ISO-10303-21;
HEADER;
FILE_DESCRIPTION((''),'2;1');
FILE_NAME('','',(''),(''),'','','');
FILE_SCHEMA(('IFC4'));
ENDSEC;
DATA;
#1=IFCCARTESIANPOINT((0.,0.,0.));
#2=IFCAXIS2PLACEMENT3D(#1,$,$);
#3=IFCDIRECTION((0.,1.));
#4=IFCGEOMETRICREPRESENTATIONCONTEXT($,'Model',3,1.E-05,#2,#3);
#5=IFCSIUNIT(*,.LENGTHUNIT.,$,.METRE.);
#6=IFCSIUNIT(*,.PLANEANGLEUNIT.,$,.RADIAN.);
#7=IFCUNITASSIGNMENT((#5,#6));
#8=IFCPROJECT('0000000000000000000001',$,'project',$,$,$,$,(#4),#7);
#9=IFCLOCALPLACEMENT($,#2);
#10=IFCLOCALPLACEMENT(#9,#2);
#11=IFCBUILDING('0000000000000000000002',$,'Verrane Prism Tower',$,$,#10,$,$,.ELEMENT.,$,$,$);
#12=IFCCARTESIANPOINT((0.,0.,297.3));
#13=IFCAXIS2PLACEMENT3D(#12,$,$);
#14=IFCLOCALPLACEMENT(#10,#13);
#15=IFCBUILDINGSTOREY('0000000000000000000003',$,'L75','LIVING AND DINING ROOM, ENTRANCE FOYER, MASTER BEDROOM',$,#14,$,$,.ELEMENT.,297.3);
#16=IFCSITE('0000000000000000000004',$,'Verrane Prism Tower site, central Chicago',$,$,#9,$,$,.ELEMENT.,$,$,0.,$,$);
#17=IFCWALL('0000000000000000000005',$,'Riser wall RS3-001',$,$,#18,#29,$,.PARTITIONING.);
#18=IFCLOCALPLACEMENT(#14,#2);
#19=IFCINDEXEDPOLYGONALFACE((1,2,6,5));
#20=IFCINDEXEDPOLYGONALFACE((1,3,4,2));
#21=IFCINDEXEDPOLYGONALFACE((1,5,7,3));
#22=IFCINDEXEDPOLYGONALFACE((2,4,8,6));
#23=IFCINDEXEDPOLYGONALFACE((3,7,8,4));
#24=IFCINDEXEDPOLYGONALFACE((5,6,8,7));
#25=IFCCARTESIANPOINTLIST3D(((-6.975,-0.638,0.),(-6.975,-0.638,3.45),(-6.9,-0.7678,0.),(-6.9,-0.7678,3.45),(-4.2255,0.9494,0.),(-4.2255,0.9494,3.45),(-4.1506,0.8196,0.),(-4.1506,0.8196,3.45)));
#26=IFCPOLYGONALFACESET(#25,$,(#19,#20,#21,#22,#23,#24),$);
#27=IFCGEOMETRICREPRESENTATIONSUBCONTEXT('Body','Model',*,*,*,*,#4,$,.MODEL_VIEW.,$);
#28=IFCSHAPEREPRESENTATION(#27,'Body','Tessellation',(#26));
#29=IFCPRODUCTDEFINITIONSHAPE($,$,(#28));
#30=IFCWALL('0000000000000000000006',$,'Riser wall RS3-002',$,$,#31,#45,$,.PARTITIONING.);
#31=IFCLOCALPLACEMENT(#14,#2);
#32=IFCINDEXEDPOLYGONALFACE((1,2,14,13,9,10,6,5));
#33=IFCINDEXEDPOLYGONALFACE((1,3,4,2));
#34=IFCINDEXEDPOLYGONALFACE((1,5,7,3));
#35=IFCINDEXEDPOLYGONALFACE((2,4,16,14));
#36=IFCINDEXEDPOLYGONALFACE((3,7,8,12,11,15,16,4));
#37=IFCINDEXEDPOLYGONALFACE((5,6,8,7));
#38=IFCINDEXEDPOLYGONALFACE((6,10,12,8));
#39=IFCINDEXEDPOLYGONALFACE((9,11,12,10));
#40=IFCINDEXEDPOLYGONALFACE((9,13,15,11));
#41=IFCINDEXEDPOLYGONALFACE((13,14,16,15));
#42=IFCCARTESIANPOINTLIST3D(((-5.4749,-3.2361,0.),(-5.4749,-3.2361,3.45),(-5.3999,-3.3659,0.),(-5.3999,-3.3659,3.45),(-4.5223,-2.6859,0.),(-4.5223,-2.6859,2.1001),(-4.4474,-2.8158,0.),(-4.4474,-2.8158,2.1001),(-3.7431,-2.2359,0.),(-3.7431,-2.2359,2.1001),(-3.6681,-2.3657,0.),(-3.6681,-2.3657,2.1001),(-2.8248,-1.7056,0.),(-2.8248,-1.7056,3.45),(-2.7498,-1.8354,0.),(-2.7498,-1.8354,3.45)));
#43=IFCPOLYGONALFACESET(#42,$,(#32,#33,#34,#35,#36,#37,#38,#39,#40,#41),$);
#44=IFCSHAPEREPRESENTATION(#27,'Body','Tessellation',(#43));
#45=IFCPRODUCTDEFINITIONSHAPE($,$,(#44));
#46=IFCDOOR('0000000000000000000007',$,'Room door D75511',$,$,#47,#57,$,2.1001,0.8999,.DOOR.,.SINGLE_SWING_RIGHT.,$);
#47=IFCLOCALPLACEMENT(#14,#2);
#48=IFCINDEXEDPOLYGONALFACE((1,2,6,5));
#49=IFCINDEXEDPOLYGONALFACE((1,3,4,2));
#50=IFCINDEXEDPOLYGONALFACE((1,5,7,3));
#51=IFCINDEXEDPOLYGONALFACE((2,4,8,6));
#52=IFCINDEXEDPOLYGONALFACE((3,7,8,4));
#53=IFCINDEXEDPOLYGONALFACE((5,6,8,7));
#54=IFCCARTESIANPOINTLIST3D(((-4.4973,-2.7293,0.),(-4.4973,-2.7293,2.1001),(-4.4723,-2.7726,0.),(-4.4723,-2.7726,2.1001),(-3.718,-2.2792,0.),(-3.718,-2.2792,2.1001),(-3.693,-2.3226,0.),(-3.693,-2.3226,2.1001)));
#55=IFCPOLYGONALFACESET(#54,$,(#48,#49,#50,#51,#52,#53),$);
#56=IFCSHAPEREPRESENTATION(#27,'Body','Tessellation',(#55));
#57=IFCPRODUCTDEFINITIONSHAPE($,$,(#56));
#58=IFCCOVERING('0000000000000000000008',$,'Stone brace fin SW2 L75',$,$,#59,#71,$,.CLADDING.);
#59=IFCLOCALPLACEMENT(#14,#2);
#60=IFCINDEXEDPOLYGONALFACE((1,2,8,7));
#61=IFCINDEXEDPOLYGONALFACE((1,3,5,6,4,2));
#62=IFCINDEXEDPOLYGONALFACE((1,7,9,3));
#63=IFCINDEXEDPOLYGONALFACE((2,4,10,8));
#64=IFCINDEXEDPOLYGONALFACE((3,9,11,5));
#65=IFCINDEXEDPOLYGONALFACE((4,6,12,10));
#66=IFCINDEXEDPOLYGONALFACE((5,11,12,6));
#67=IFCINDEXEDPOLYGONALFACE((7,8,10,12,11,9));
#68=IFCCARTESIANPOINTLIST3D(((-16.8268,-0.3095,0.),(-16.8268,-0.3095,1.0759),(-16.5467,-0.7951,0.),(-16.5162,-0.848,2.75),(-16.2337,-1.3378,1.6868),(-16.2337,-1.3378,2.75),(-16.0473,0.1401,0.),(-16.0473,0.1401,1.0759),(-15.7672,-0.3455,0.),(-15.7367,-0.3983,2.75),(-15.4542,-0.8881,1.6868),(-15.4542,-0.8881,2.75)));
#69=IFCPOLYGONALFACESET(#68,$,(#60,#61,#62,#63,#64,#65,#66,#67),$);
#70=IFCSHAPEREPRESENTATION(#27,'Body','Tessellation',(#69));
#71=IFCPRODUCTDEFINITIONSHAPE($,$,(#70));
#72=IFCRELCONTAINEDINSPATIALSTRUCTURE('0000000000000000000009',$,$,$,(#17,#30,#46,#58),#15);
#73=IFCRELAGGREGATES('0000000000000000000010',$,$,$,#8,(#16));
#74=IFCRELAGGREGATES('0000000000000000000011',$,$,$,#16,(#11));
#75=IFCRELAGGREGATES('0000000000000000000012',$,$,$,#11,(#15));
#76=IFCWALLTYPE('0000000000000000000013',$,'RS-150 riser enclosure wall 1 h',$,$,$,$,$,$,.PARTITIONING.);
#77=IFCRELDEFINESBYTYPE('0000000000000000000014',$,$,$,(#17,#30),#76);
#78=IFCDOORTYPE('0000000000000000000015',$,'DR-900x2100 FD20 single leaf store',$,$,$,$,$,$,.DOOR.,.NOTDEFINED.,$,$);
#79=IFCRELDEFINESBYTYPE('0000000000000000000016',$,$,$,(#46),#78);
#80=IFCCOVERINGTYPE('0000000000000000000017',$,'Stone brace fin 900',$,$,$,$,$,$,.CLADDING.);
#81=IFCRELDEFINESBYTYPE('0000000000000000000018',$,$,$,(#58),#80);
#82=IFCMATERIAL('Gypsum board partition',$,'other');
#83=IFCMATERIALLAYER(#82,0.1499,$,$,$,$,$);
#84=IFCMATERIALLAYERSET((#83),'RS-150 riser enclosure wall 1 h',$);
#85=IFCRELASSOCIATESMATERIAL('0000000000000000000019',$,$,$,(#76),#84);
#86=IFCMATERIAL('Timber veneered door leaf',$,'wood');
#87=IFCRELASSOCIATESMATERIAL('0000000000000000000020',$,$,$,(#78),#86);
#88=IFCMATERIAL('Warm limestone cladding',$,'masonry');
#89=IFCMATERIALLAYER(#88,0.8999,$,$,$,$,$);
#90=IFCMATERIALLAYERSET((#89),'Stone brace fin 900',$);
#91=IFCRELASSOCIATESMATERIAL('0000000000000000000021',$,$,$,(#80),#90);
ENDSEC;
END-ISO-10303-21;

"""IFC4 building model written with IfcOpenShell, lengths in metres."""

from ifc_helpers import new_model, si_unit, direction, frame, frame_2d, origin, place, context, subcontext, project, spatial, polyline, rectangle, outline, extrude, material, layer, layer_set, type_object, element, fill, save


model = new_model("IFC4")

# Units and contexts
model_context = context("Model", 3, precision=1e-05, world=origin(), true_north=direction((0.0, 1.0)))
body_context = subcontext(model_context, "Body", "Model", "MODEL_VIEW")
ifc_project = project(units=[si_unit("LENGTHUNIT", "METRE"), si_unit("PLANEANGLEUNIT", "RADIAN")], contexts=[model_context])

# Site, building, storey
site_placement = place(None, origin())
site = spatial("IfcSite", under=ifc_project, at=site_placement, Name="Verrane Prism Tower site, central Chicago", CompositionType="ELEMENT", RefElevation=0.0)
building_placement = place(site_placement, origin())
building = spatial("IfcBuilding", under=site, at=building_placement, Name="Verrane Prism Tower", CompositionType="ELEMENT")
storey_placement = place(building_placement, frame((0.0, 0.0, 297.3)))
storey = spatial("IfcBuildingStorey", under=building, at=storey_placement, Name="L75", Description="LIVING AND DINING ROOM, ENTRANCE FOYER, MASTER BEDROOM", CompositionType="ELEMENT", Elevation=297.3)

# Wall
ifc_material_1 = material(Name="Gypsum board partition", Category="other")
ifc_layer_1 = layer(ifc_material_1, 0.1499)
ifc_layer_set_1 = layer_set([ifc_layer_1], Name="RS-150 riser enclosure wall 1 h")
wall_type_1 = type_object("IfcWallType", Name="RS-150 riser enclosure wall 1 h", PredefinedType="PARTITIONING", material=ifc_layer_set_1)
wall_1_placement = place(storey_placement, frame((-6.9375, -0.7029, 0.0), z_axis=(0.0, 0.0, 1.0), x_axis=(0.866029, 0.499993, 0.0)))
element("IfcWall", 1, at=wall_1_placement, inside=storey, type_object=wall_type_1, Name="Riser wall RS3-001", PredefinedType="PARTITIONING", context=body_context, shape_type="SweptSolid", body=[
    extrude(rectangle(XDim=3.1748, YDim=0.1499, at=frame_2d((1.5874, 0.0))), origin(), (0.0, 0.0, 1.0), 3.45),
])

# Wall, opening, door
wall_2_placement = place(storey_placement, frame((-5.4375, -3.301, 0.0), z_axis=(0.0, 0.0, 1.0), x_axis=(0.865961, 0.500111, 0.0)))
wall_2 = element("IfcWall", 2, at=wall_2_placement, inside=storey, type_object=wall_type_1, Name="Riser wall RS3-002", PredefinedType="PARTITIONING", context=body_context, shape_type="SweptSolid", body=[
    extrude(rectangle(XDim=3.0603, YDim=0.1499, at=frame_2d((1.5303, 0.0))), origin(), (0.0, 0.0, 1.0), 3.45),
])
opening_1_placement = place(wall_2_placement, frame((1.1001, 0.0, 0.0)))
opening_1 = element("IfcOpeningElement", 3, at=opening_1_placement, cuts=wall_2, PredefinedType="OPENING", context=body_context, shape_type="SweptSolid", body=[
    extrude(rectangle(XDim=0.8999, YDim=2.1001, at=frame_2d((0.45, 1.05))), frame((0.0, 0.085, 0.0), z_axis=(0.0, -1.0, 0.0), x_axis=(1.0, 0.0, 0.0)), (0.0, 0.0, 1.0), 0.1699),
])
ifc_material_2 = material(Name="Timber veneered door leaf", Category="wood")
door_type_1 = type_object("IfcDoorType", Name="DR-900x2100 FD20 single leaf store", OperationType="NOTDEFINED", PredefinedType="DOOR", material=ifc_material_2)
door_1_placement = place(opening_1_placement, origin())
door_1 = element("IfcDoor", 4, at=door_1_placement, inside=storey, type_object=door_type_1, Name="Room door D75511", OperationType="SINGLE_SWING_RIGHT", OverallHeight=2.1001, OverallWidth=0.8999, PredefinedType="DOOR", context=body_context, shape_type="SweptSolid", body=[
    extrude(rectangle(XDim=0.8999, YDim=2.1001, at=frame_2d((0.45, 1.05))), frame((0.0, 0.0249, 0.0), z_axis=(0.0, -1.0, 0.0), x_axis=(1.0, 0.0, 0.0)), (0.0, 0.0, 1.0), 0.05),
])
fill(opening_1, door_1)

# Covering
ifc_material_3 = material(Name="Warm limestone cladding", Category="masonry")
ifc_layer_2 = layer(ifc_material_3, 0.8999)
ifc_layer_set_2 = layer_set([ifc_layer_2], Name="Stone brace fin 900")
covering_type = type_object("IfcCoveringType", Name="Stone brace fin 900", PredefinedType="CLADDING", material=ifc_layer_set_2)
covering_placement = place(storey_placement, frame((-16.437, -0.0847, 0.0), z_axis=(0.0, 0.0, 1.0), x_axis=(0.499657, -0.866223, 0.0)))
element("IfcCovering", 5, at=covering_placement, inside=storey, type_object=covering_type, Name="Stone brace fin SW2 L75", PredefinedType="CLADDING", context=body_context, shape_type="SweptSolid", body=[
    extrude(outline(polyline([(1.187, 2.75), (0.6216, 2.75), (0.0, 1.0759), (0.0, 0.0), (0.5605, 0.0), (1.187, 1.6868), (1.187, 2.75)])), frame((0.0, 0.45, 0.0), z_axis=(0.0, -1.0, 0.0), x_axis=(1.0, 0.0, 0.0)), (0.0, 0.0, 1.0), 0.8999),
])

save(model, "model.ifc")
